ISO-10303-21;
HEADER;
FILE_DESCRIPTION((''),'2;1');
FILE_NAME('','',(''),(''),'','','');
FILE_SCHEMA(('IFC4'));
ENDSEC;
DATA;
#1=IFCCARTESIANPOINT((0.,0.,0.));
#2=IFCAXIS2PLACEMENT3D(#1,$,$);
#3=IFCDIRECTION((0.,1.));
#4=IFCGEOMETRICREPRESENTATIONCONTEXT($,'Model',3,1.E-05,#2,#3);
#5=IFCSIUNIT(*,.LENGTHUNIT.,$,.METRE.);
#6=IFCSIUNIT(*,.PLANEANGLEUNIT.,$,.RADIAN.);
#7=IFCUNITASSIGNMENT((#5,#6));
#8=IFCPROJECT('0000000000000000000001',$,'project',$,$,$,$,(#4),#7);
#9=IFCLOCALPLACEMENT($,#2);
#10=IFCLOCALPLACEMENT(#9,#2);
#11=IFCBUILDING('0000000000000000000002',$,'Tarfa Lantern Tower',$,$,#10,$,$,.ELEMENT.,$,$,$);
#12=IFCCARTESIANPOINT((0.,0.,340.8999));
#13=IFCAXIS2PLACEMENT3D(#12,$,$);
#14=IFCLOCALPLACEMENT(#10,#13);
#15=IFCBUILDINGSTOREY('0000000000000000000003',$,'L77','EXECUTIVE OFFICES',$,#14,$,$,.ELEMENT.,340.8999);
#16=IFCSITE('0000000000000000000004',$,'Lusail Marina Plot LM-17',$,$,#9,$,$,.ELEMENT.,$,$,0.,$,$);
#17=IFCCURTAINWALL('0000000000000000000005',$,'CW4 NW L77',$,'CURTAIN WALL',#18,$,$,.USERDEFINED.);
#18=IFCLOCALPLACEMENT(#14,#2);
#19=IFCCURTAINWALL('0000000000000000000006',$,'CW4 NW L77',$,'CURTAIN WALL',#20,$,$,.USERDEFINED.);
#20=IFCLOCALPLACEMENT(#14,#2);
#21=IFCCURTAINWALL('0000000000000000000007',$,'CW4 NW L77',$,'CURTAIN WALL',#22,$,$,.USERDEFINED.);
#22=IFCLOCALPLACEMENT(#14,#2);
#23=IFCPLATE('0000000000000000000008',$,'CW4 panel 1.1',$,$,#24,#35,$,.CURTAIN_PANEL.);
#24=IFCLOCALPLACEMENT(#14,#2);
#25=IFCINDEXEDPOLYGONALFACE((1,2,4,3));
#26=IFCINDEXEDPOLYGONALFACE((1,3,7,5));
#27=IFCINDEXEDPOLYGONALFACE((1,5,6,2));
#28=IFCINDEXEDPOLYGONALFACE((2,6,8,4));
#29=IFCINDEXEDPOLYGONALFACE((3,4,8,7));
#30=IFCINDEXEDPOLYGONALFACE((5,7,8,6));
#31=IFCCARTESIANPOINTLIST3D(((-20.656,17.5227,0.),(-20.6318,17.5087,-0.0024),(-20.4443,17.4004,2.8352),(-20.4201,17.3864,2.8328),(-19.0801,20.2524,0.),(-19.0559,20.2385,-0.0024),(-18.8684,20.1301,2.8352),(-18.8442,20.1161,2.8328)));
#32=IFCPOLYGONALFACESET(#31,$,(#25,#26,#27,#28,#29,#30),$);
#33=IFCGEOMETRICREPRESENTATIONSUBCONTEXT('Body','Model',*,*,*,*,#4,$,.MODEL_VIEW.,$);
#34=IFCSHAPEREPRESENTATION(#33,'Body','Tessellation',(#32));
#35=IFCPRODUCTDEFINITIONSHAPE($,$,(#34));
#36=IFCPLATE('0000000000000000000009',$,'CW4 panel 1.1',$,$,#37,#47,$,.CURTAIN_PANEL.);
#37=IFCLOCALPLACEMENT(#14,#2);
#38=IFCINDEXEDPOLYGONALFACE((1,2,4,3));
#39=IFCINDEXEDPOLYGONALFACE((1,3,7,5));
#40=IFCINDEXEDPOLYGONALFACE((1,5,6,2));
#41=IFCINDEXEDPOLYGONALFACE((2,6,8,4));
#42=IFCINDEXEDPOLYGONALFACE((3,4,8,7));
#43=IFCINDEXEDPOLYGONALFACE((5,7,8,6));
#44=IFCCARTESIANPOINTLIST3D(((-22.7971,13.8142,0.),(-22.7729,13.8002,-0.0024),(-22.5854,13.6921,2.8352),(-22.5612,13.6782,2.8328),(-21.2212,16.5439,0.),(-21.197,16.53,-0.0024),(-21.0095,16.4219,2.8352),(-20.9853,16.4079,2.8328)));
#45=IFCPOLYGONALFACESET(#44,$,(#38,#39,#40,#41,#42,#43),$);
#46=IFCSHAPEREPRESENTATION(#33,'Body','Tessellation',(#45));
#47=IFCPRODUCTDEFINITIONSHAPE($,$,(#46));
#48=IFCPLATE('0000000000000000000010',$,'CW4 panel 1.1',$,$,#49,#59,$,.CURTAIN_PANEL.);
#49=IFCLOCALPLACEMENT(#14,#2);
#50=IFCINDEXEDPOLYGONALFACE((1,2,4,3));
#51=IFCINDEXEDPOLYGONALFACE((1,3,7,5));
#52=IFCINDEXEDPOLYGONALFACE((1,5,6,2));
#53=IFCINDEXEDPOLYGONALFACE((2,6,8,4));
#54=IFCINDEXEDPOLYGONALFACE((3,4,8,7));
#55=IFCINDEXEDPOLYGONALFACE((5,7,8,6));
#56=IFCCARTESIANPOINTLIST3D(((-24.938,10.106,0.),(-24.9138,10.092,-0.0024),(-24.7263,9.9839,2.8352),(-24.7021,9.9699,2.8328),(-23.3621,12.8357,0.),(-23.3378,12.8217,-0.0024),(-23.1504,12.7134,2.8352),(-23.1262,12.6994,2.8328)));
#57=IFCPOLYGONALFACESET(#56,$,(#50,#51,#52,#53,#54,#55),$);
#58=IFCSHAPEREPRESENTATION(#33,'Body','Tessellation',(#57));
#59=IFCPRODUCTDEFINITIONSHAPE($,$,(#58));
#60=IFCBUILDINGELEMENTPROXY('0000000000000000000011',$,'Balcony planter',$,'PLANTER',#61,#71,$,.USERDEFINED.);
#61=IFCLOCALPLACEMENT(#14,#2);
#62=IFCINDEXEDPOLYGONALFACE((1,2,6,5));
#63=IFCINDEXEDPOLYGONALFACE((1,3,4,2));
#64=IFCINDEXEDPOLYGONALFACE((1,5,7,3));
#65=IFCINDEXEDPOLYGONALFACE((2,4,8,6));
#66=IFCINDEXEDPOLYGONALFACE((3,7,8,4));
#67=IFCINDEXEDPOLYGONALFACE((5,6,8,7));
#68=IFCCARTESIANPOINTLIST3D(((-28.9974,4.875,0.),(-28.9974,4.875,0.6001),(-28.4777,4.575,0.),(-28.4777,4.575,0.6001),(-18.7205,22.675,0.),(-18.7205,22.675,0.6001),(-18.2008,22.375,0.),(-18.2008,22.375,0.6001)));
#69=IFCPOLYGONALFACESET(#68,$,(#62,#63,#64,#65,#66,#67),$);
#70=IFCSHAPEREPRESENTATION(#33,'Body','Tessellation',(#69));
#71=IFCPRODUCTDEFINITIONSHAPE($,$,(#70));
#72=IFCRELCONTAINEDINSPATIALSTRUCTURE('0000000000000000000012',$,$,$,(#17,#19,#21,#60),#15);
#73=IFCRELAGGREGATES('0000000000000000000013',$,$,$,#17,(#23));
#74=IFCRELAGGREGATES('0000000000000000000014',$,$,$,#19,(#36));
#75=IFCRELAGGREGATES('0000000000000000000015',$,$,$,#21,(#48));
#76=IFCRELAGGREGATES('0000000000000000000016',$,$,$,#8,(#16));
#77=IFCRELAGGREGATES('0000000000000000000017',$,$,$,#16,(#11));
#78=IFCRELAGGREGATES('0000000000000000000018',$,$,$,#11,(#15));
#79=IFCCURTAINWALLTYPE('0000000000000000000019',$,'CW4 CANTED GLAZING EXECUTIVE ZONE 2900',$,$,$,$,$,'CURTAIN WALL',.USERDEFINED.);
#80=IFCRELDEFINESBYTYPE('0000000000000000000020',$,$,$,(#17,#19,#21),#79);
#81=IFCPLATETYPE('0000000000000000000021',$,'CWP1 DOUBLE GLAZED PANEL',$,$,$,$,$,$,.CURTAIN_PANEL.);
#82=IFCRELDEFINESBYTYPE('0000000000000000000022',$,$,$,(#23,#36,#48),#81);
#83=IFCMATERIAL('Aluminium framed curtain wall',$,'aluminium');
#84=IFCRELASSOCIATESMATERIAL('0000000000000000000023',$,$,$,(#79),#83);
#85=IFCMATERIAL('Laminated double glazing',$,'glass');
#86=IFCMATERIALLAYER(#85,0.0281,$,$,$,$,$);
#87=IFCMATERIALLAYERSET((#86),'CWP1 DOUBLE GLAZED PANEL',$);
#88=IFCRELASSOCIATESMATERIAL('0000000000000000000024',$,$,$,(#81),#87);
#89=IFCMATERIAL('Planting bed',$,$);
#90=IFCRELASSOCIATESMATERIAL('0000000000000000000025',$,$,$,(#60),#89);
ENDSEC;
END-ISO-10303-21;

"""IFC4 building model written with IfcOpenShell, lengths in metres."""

from ifc_helpers import new_model, si_unit, direction, frame, origin, origin_2d, place, context, subcontext, project, spatial, polyline, rectangle, outline, extrude, material, layer, layer_set, type_object, element, aggregate, save


model = new_model("IFC4")

# Units and contexts
model_context = context("Model", 3, precision=1e-05, world=origin(), true_north=direction((0.0, 1.0)))
body_context = subcontext(model_context, "Body", "Model", "MODEL_VIEW")
ifc_project = project(units=[si_unit("LENGTHUNIT", "METRE"), si_unit("PLANEANGLEUNIT", "RADIAN")], contexts=[model_context])

# Site, building, storey
site_placement = place(None, origin())
site = spatial("IfcSite", under=ifc_project, at=site_placement, Name="Lusail Marina Plot LM-17", CompositionType="ELEMENT", RefElevation=0.0)
building_placement = place(site_placement, origin())
building = spatial("IfcBuilding", under=site, at=building_placement, Name="Tarfa Lantern Tower", CompositionType="ELEMENT")
storey_placement = place(building_placement, frame((0.0, 0.0, 340.8999)))
storey = spatial("IfcBuildingStorey", under=building, at=storey_placement, Name="L77", Description="EXECUTIVE OFFICES", CompositionType="ELEMENT", Elevation=340.8999)

# Shared definitions
ifc_material_1 = material(Name="Aluminium framed curtain wall", Category="aluminium")
curtain_wall_type = type_object("IfcCurtainWallType", Name="CW4 CANTED GLAZING EXECUTIVE ZONE 2900", ElementType="CURTAIN WALL", PredefinedType="USERDEFINED", material=ifc_material_1)

# Curtain walls
curtain_wall_1_placement = place(storey_placement, origin())
curtain_wall_1 = element("IfcCurtainWall", 1, at=curtain_wall_1_placement, inside=storey, type_object=curtain_wall_type, Name="CW4 NW L77", ObjectType="CURTAIN WALL", PredefinedType="USERDEFINED")
curtain_wall_2_placement = place(storey_placement, origin())
curtain_wall_2 = element("IfcCurtainWall", 2, at=curtain_wall_2_placement, inside=storey, type_object=curtain_wall_type, Name="CW4 NW L77", ObjectType="CURTAIN WALL", PredefinedType="USERDEFINED")

# Curtain wall
curtain_wall_3_placement = place(storey_placement, origin())
curtain_wall_3 = element("IfcCurtainWall", 3, at=curtain_wall_3_placement, inside=storey, type_object=curtain_wall_type, Name="CW4 NW L77", ObjectType="CURTAIN WALL", PredefinedType="USERDEFINED")

# Plates
ifc_material_2 = material(Name="Laminated double glazing", Category="glass")
ifc_layer = layer(ifc_material_2, 0.0281)
ifc_layer_set = layer_set([ifc_layer], Name="CWP1 DOUBLE GLAZED PANEL")
plate_type = type_object("IfcPlateType", Name="CWP1 DOUBLE GLAZED PANEL", PredefinedType="CURTAIN_PANEL", material=ifc_layer_set)
plate_1_placement = place(storey_placement, frame((-19.0801, 20.2524, 0.0), z_axis=(-0.862836, 0.498131, 0.085907), x_axis=(-0.499979, -0.866037, 0.0)))
plate_1 = element("IfcPlate", 4, at=plate_1_placement, type_object=plate_type, Name="CW4 panel 1.1", PredefinedType="CURTAIN_PANEL", context=body_context, shape_type="SweptSolid", body=[
    extrude(outline(polyline([(0.0, 0.0), (3.152, 0.0), (3.1521, 2.8457), (0.0001, 2.8457), (0.0, 0.0)])), origin(), (0.0, 0.0, -1.0), 0.0281),
])
aggregate(curtain_wall_1, [plate_1])
plate_2_placement = place(storey_placement, frame((-21.2212, 16.5439, 0.0), z_axis=(-0.862839, 0.498133, 0.085865), x_axis=(-0.499979, -0.866037, 0.0)))
plate_2 = element("IfcPlate", 5, at=plate_2_placement, type_object=plate_type, Name="CW4 panel 1.1", PredefinedType="CURTAIN_PANEL", context=body_context, shape_type="SweptSolid", body=[
    extrude(outline(polyline([(0.0, 0.0), (3.152, 0.0), (3.1519, 2.8457), (-0.0001, 2.8457), (0.0, 0.0)])), origin(), (0.0, 0.0, -1.0), 0.0281),
])
aggregate(curtain_wall_2, [plate_2])
plate_3_placement = place(storey_placement, frame((-23.3621, 12.8357, 0.0), z_axis=(-0.862828, 0.498149, 0.085886), x_axis=(-0.499996, -0.866028, 0.000002)))
plate_3 = element("IfcPlate", 6, at=plate_3_placement, type_object=plate_type, Name="CW4 panel 1.1", PredefinedType="CURTAIN_PANEL", context=body_context, shape_type="SweptSolid", body=[
    extrude(outline(polyline([(0.0, 0.0), (3.152, 0.0), (3.1519, 2.8457), (0.0001, 2.8457), (0.0, 0.0)])), origin(), (0.0, 0.0, -1.0), 0.0281),
])
aggregate(curtain_wall_3, [plate_3])

# Building element proxy
ifc_material_3 = material(Name="Planting bed")
proxy_placement = place(storey_placement, frame((-23.5991, 13.625, 0.0), z_axis=(0.0, 0.0, 1.0), x_axis=(-0.5, -0.866025, 0.0)))
element("IfcBuildingElementProxy", 7, at=proxy_placement, inside=storey, material=ifc_material_3, Name="Balcony planter", ObjectType="PLANTER", PredefinedType="USERDEFINED", context=body_context, shape_type="SweptSolid", body=[
    extrude(rectangle(XDim=20.5537, YDim=0.6001, at=origin_2d()), origin(), (0.0, 0.0, 1.0), 0.6001),
])

save(model, "model.ifc")
